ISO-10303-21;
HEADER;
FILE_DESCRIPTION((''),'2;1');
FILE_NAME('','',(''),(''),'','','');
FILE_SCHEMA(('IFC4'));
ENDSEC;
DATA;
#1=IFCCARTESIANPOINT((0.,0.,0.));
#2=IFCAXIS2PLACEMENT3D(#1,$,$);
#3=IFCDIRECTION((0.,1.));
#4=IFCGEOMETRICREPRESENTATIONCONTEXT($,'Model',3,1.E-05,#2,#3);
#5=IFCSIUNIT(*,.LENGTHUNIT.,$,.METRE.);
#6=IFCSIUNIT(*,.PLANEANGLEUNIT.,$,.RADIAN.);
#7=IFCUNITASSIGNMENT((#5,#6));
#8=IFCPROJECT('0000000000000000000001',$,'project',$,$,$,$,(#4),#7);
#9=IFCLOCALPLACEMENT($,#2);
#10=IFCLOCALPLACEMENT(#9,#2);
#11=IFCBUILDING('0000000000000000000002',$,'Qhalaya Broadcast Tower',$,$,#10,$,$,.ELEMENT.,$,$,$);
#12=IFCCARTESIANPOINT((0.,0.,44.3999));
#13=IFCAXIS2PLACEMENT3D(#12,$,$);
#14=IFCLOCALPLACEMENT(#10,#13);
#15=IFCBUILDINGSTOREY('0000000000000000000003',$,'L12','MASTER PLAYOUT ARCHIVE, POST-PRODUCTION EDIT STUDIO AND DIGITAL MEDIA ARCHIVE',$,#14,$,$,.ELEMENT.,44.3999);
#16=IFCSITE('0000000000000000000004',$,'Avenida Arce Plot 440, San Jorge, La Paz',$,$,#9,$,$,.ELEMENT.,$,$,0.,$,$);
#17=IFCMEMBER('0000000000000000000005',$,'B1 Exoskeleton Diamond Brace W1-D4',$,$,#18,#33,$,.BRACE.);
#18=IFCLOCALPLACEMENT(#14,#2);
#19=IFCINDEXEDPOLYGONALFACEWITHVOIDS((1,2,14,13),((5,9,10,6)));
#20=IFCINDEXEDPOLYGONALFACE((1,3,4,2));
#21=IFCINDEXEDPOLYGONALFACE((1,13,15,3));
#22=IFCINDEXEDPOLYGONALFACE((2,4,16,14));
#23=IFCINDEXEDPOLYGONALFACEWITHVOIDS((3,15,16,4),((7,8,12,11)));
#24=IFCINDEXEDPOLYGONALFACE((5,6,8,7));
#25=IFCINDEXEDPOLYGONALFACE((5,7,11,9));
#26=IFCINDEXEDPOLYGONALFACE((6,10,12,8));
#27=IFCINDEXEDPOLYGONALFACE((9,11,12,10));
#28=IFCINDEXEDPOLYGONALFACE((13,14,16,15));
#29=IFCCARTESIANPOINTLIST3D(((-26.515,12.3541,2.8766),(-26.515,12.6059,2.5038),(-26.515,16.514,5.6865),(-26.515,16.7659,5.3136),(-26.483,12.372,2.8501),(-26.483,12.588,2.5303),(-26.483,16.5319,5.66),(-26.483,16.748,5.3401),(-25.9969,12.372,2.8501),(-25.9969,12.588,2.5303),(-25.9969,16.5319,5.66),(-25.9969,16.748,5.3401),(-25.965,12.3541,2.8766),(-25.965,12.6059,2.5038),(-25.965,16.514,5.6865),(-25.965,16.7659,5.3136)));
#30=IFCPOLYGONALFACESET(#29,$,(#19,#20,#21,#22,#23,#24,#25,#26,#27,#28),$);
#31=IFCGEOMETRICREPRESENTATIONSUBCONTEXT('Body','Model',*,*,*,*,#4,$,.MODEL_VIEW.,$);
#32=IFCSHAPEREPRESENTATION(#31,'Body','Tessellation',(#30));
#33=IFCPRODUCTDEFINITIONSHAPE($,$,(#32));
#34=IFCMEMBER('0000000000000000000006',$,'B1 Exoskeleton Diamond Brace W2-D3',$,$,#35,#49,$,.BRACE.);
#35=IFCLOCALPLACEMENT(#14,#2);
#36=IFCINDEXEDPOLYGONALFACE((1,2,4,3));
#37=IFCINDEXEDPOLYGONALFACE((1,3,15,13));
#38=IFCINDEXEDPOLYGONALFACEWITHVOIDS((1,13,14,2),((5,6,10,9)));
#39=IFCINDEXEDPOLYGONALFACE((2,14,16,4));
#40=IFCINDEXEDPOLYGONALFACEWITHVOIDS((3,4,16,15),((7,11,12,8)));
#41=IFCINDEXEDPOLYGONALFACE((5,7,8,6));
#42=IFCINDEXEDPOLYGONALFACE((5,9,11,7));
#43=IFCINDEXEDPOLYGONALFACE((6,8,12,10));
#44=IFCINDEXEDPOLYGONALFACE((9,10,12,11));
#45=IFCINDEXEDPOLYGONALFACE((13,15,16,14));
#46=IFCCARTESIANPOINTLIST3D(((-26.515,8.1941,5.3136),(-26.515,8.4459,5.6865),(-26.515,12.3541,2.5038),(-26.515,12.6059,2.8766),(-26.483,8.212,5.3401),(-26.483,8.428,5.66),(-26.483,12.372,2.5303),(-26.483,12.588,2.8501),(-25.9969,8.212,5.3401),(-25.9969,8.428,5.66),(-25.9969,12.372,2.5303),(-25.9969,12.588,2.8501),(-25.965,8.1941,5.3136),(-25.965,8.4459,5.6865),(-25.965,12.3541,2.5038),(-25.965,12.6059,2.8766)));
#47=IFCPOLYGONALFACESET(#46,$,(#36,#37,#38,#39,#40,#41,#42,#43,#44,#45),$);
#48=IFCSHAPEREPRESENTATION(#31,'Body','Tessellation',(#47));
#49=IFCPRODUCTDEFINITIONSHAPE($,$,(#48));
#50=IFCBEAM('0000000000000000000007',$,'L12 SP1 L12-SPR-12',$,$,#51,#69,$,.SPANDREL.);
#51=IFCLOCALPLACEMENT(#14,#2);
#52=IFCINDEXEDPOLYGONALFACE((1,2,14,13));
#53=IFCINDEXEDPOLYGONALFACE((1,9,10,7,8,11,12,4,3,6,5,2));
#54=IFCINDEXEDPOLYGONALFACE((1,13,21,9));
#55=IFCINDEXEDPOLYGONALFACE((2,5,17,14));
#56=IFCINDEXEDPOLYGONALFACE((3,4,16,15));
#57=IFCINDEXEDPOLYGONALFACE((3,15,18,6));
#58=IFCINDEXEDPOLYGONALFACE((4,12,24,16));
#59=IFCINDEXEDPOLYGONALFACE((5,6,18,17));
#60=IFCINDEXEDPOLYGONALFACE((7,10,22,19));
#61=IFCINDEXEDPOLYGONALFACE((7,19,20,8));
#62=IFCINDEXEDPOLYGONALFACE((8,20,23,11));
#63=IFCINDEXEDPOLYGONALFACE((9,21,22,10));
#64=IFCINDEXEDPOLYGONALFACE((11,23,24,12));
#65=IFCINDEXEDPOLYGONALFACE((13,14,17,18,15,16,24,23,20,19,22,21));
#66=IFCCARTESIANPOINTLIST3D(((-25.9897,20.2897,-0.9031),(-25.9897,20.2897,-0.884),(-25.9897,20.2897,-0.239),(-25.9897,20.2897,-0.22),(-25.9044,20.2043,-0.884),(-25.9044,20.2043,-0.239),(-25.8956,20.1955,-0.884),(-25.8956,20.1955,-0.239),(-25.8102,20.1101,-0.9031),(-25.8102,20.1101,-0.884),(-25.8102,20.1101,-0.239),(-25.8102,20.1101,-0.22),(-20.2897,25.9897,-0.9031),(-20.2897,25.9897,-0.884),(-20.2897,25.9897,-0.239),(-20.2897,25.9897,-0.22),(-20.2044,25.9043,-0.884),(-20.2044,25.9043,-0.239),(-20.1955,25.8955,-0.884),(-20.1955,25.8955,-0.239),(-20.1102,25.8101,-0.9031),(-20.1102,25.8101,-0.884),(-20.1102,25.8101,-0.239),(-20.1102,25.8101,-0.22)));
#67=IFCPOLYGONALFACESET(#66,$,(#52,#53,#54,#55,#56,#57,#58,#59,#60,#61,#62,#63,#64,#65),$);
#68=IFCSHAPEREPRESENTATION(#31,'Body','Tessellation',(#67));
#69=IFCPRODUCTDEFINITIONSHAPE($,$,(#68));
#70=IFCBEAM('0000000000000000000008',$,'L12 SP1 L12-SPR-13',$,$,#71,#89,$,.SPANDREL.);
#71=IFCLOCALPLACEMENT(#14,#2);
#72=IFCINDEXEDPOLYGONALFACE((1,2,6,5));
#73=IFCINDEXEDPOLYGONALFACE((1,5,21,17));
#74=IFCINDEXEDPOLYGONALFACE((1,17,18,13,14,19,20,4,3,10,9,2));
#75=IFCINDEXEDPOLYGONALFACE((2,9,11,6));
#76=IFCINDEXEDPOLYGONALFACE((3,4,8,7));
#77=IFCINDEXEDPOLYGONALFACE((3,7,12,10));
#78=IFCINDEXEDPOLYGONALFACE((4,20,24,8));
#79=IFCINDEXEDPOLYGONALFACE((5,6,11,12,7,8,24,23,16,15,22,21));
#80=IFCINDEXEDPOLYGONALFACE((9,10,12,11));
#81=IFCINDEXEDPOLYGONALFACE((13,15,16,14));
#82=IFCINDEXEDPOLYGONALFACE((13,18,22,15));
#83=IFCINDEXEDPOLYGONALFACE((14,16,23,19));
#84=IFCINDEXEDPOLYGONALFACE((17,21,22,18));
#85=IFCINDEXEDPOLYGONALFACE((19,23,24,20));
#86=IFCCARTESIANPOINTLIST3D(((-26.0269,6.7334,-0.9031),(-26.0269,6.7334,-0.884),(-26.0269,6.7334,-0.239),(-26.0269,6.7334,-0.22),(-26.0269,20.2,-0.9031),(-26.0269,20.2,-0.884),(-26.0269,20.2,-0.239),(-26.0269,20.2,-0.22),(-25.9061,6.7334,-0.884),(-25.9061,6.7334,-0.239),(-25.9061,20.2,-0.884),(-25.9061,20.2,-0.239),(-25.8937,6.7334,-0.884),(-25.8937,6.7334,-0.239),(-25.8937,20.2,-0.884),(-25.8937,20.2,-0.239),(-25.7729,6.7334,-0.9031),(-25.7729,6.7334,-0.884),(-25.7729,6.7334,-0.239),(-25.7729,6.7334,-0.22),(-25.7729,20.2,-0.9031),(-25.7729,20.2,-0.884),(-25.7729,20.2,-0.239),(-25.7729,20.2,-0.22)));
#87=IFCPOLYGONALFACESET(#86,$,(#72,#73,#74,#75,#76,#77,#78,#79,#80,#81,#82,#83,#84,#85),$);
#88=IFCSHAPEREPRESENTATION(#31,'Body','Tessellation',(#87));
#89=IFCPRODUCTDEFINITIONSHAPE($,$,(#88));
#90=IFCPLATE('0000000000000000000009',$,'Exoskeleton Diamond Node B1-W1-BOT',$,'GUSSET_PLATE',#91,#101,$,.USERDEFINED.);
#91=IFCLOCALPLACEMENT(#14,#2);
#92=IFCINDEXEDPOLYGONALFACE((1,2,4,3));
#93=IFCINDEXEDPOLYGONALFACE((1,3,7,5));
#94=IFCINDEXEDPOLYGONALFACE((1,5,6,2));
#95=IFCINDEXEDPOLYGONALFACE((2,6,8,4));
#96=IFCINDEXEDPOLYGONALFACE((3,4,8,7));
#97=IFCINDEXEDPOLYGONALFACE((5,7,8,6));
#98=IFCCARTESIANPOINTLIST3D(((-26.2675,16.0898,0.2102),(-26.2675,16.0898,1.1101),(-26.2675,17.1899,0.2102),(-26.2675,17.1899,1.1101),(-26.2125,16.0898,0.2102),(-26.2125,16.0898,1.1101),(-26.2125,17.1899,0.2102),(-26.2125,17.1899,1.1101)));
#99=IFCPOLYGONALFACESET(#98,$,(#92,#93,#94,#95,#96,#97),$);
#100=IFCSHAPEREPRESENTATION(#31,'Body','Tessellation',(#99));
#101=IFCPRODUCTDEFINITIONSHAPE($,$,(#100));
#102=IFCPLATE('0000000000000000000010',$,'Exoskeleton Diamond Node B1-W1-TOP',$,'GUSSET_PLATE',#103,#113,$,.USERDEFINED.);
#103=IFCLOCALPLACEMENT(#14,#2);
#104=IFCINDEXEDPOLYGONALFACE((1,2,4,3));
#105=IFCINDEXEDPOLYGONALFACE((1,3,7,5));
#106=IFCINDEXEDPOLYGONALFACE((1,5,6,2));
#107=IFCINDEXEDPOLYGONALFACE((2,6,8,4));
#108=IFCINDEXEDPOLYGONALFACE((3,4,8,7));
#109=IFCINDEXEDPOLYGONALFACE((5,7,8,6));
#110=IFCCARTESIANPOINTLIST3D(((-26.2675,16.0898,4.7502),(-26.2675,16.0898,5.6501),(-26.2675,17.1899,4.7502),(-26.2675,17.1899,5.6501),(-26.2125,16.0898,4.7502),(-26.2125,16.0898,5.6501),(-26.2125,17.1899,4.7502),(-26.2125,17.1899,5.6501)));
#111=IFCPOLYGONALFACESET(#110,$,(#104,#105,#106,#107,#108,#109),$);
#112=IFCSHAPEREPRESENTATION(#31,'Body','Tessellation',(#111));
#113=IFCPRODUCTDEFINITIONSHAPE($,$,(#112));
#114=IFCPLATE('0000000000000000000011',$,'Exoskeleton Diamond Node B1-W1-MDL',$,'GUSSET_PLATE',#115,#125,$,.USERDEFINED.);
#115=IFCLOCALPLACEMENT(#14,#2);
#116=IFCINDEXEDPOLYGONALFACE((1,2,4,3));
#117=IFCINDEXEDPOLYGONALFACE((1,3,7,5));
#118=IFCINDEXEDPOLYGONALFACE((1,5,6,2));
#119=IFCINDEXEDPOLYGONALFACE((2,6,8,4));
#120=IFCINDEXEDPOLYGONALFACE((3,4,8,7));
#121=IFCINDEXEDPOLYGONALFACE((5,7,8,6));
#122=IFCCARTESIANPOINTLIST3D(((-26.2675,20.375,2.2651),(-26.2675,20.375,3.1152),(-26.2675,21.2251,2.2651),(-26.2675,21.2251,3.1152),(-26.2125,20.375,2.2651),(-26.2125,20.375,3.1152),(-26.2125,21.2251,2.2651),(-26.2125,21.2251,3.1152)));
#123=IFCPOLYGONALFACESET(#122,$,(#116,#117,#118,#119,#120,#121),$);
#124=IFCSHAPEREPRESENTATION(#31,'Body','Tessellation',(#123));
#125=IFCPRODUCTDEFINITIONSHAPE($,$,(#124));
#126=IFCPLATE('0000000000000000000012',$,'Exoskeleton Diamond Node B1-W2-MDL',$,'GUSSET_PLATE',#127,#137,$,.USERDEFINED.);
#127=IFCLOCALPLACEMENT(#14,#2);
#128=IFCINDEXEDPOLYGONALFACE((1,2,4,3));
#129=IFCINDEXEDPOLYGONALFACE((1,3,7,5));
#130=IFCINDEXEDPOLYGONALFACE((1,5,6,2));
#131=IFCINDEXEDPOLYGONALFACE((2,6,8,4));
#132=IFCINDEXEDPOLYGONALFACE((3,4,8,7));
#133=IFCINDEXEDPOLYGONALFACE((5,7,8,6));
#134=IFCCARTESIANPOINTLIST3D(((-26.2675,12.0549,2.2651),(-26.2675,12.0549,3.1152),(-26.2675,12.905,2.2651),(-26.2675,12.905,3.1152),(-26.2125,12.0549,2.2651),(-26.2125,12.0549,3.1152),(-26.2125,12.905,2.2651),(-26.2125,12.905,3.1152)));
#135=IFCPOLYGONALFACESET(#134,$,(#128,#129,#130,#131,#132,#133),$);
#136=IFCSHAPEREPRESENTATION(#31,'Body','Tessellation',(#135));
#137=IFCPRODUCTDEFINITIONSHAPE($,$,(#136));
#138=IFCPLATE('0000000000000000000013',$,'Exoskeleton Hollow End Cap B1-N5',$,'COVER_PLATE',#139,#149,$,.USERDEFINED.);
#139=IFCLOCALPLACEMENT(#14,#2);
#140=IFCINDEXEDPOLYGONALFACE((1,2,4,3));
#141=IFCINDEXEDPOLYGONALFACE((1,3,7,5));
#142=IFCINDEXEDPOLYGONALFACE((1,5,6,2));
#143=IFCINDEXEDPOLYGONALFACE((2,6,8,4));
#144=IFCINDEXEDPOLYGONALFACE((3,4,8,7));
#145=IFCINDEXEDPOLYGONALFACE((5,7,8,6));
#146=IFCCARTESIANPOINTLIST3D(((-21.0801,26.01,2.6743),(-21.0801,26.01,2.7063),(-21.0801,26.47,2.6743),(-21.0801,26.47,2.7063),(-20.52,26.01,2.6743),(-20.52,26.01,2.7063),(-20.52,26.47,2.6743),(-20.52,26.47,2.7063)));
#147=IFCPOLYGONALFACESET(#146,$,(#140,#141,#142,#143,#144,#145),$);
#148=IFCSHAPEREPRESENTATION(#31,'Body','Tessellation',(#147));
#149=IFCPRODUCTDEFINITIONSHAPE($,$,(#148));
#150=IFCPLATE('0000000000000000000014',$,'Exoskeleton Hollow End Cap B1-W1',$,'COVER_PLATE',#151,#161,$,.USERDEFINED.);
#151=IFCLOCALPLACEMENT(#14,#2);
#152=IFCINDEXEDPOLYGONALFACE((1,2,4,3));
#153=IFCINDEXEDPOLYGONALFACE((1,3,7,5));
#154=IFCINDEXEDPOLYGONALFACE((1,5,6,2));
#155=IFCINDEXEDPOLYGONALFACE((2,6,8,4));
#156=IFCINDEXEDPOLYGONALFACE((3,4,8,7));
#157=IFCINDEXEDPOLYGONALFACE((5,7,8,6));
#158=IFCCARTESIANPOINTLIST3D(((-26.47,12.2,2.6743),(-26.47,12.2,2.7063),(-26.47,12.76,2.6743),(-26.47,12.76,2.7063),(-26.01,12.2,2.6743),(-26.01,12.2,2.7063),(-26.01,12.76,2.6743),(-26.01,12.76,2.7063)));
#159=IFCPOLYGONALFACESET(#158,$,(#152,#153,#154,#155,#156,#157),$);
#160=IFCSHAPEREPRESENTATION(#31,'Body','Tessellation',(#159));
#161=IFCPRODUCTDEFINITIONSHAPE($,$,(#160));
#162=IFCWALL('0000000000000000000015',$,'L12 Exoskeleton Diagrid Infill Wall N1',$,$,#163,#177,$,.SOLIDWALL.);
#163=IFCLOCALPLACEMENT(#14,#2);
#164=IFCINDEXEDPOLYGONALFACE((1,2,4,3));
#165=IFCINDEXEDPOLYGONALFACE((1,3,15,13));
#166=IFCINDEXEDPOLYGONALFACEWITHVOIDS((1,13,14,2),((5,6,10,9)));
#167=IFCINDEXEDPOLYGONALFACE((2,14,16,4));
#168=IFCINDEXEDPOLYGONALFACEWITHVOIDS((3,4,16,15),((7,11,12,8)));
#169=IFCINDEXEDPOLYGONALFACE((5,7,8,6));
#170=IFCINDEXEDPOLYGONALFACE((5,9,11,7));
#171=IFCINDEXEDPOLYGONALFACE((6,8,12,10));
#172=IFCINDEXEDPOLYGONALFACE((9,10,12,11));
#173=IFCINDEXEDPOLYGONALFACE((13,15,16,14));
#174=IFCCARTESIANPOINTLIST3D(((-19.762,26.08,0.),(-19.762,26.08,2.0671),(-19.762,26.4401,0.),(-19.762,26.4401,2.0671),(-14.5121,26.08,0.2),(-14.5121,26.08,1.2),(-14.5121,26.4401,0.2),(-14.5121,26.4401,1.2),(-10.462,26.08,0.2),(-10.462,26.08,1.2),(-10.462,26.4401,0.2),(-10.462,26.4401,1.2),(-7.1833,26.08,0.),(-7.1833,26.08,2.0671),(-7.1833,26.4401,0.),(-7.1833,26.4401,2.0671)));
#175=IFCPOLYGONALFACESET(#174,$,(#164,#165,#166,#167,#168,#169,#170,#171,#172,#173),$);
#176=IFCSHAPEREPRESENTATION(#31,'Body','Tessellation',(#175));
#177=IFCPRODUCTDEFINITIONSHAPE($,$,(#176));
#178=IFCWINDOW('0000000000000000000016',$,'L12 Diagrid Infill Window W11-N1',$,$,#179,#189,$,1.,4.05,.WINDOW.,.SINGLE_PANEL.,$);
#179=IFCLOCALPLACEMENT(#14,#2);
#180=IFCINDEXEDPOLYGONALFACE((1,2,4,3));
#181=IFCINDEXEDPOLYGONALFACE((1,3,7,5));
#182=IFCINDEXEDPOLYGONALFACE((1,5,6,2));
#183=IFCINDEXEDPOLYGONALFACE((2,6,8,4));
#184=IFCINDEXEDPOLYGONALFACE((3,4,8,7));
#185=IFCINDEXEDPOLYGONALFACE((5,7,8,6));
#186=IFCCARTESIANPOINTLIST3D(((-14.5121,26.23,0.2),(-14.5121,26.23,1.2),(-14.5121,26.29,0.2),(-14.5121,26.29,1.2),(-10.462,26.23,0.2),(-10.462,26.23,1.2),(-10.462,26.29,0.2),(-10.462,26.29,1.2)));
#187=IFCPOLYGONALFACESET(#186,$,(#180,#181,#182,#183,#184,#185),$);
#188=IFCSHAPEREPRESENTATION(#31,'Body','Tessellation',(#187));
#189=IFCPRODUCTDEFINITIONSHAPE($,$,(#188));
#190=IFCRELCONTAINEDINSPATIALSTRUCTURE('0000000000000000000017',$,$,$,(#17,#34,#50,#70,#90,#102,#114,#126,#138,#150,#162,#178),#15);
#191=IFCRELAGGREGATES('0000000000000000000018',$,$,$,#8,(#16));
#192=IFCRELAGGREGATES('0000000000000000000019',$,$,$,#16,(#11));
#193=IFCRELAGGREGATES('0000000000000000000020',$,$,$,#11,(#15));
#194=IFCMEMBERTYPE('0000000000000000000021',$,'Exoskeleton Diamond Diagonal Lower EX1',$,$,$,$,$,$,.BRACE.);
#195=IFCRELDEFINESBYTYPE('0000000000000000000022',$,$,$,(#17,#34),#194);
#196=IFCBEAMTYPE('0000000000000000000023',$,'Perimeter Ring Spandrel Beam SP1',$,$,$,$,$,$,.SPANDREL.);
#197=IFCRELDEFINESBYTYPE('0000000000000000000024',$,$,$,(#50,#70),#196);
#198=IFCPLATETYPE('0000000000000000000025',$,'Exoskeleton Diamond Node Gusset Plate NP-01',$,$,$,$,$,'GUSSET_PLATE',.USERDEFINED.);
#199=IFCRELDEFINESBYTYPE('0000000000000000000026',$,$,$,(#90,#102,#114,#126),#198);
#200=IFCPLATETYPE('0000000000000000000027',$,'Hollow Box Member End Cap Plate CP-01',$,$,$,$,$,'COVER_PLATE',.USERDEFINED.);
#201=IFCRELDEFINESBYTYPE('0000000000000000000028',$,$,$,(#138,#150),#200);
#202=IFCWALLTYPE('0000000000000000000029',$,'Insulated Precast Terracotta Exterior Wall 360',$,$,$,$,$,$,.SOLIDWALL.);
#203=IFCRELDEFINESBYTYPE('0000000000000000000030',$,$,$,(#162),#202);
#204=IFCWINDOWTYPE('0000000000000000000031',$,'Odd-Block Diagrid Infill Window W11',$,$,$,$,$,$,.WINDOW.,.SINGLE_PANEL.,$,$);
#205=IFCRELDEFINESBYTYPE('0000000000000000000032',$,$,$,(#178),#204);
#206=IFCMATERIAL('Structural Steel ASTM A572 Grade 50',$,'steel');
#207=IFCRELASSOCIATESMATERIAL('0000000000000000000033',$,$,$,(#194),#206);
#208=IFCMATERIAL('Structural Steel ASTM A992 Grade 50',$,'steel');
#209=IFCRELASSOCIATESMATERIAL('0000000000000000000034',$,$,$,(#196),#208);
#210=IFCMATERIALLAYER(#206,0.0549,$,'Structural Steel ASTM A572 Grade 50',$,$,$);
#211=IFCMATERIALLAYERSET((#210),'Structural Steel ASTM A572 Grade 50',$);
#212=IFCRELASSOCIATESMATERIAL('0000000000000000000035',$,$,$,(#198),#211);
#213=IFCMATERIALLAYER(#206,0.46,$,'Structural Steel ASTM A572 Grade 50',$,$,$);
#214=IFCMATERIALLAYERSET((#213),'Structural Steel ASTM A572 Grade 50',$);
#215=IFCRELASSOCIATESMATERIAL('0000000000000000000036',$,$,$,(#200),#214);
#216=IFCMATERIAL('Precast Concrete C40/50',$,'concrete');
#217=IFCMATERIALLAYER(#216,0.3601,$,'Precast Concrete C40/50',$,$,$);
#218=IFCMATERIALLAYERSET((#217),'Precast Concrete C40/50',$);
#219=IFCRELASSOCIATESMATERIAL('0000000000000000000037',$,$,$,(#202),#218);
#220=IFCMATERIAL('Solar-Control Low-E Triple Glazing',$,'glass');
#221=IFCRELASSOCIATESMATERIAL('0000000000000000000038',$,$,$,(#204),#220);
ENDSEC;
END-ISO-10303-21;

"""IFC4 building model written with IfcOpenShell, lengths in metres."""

from ifc_helpers import new_model, si_unit, direction, frame, frame_2d, origin, origin_2d, place, context, subcontext, project, spatial, rectangle, hollow_rectangle, i_section, extrude, material, layer, layer_set, material_profile, profile_set, type_object, element, fill, save


model = new_model("IFC4")

# Units and contexts
model_context = context("Model", 3, precision=1e-05, world=origin(), true_north=direction((0.0, 1.0)))
body_context = subcontext(model_context, "Body", "Model", "MODEL_VIEW")
ifc_project = project(units=[si_unit("LENGTHUNIT", "METRE"), si_unit("PLANEANGLEUNIT", "RADIAN")], contexts=[model_context])

# Site, building, storey
site_placement = place(None, origin())
site = spatial("IfcSite", under=ifc_project, at=site_placement, Name="Avenida Arce Plot 440, San Jorge, La Paz", CompositionType="ELEMENT", RefElevation=0.0)
building_placement = place(site_placement, origin())
building = spatial("IfcBuilding", under=site, at=building_placement, Name="Qhalaya Broadcast Tower", CompositionType="ELEMENT")
storey_placement = place(building_placement, frame((0.0, 0.0, 44.3999)))
storey = spatial("IfcBuildingStorey", under=building, at=storey_placement, Name="L12", Description="MASTER PLAYOUT ARCHIVE, POST-PRODUCTION EDIT STUDIO AND DIGITAL MEDIA ARCHIVE", CompositionType="ELEMENT", Elevation=44.3999)

# Shared definitions
ifc_material_1 = material(Name="Structural Steel ASTM A572 Grade 50", Category="steel")

# Shared definitions
ifc_material_2 = material(Name="Structural Steel ASTM A992 Grade 50", Category="steel")

# Members
ifc_material_profile_1 = material_profile(ifc_material_1, hollow_rectangle(XDim=0.45, YDim=0.55, WallThickness=0.032, at=origin_2d()), Name="BOX 450x550x32")
ifc_profile_set_1 = profile_set([ifc_material_profile_1], Name="Structural Steel ASTM A572 Grade 50")
member_type = type_object("IfcMemberType", Name="Exoskeleton Diamond Diagonal Lower EX1", PredefinedType="BRACE", material=ifc_profile_set_1)
for number, where, z_axis, x_axis, name in (
    (1, (-26.24, 12.48, 2.6902), (0.0, 0.828676, 0.559729), (0.0, -0.559729, 0.828676), "B1 Exoskeleton Diamond Brace W1-D4"),
    (2, (-26.24, 12.48, 2.6902), (0.0, -0.828676, 0.559729), (0.0, 0.559729, 0.828676), "B1 Exoskeleton Diamond Brace W2-D3"),
):
    element("IfcMember", number, at=place(storey_placement, frame(where, z_axis=z_axis, x_axis=x_axis)), inside=storey, type_object=member_type, Name=name, PredefinedType="BRACE", context=body_context, shape_type="SweptSolid", body=[
        extrude(hollow_rectangle(XDim=0.45, YDim=0.55, WallThickness=0.032, at=origin_2d()), origin(), (0.0, 0.0, 1.0), 5.02),
    ])

# Beams
ifc_material_profile_2 = material_profile(ifc_material_2, i_section(OverallWidth=0.2539, OverallDepth=0.6831, WebThickness=0.0125, FlangeThickness=0.019, at=origin_2d()), Name="W27X94")
ifc_profile_set_2 = profile_set([ifc_material_profile_2], Name="Structural Steel ASTM A992 Grade 50")
beam_type_1 = type_object("IfcBeamType", Name="Perimeter Ring Spandrel Beam SP1", PredefinedType="SPANDREL", material=ifc_profile_set_2)
beam_1_placement = place(storey_placement, frame((-20.2, 25.8999, -0.5615), z_axis=(-0.707107, -0.707107, 0.0), x_axis=(0.707107, -0.707107, 0.0)))
element("IfcBeam", 3, at=beam_1_placement, inside=storey, type_object=beam_type_1, Name="L12 SP1 L12-SPR-12", PredefinedType="SPANDREL", context=body_context, shape_type="SweptSolid", body=[
    extrude(i_section(OverallWidth=0.2539, OverallDepth=0.6831, WebThickness=0.0125, FlangeThickness=0.019, at=origin_2d()), origin(), (0.0, 0.0, 1.0), 8.061),
])
beam_2_placement = place(storey_placement, frame((-25.8999, 20.2, -0.5615), z_axis=(0.0, -1.0, 0.0), x_axis=(1.0, 0.0, 0.0)))
element("IfcBeam", 4, at=beam_2_placement, inside=storey, type_object=beam_type_1, Name="L12 SP1 L12-SPR-13", PredefinedType="SPANDREL", context=body_context, shape_type="SweptSolid", body=[
    extrude(i_section(OverallWidth=0.2539, OverallDepth=0.6831, WebThickness=0.0125, FlangeThickness=0.019, at=origin_2d()), origin(), (0.0, 0.0, 1.0), 13.4666),
])

# Plates
ifc_layer_1 = layer(ifc_material_1, 0.0549, Name="Structural Steel ASTM A572 Grade 50")
ifc_layer_set_1 = layer_set([ifc_layer_1], Name="Structural Steel ASTM A572 Grade 50")
plate_type_1 = type_object("IfcPlateType", Name="Exoskeleton Diamond Node Gusset Plate NP-01", ElementType="GUSSET_PLATE", PredefinedType="USERDEFINED", material=ifc_layer_set_1)
for number, where, z_axis, x_axis, name in (
    (5, (-26.24, 16.6399, 0.2102), (0.0, 0.0, 1.0), (0.0, 1.0, 0.0), "Exoskeleton Diamond Node B1-W1-BOT"),
    (6, (-26.24, 16.6399, 4.7502), (0.0, 0.0, 1.0), (0.0, 1.0, 0.0), "Exoskeleton Diamond Node B1-W1-TOP"),
):
    element("IfcPlate", number, at=place(storey_placement, frame(where, z_axis=z_axis, x_axis=x_axis)), inside=storey, type_object=plate_type_1, Name=name, ObjectType="GUSSET_PLATE", PredefinedType="USERDEFINED", context=body_context, shape_type="SweptSolid", body=[
        extrude(rectangle(XDim=1.1001, YDim=0.0549, at=origin_2d()), origin(), (0.0, 0.0, 1.0), 0.8999),
    ])
for number, where, z_axis, x_axis, name in (
    (7, (-26.24, 20.8, 2.2651), (0.0, 0.0, 1.0), (0.0, 1.0, 0.0), "Exoskeleton Diamond Node B1-W1-MDL"),
    (8, (-26.24, 12.48, 2.2651), (0.0, 0.0, 1.0), (0.0, 1.0, 0.0), "Exoskeleton Diamond Node B1-W2-MDL"),
):
    element("IfcPlate", number, at=place(storey_placement, frame(where, z_axis=z_axis, x_axis=x_axis)), inside=storey, type_object=plate_type_1, Name=name, ObjectType="GUSSET_PLATE", PredefinedType="USERDEFINED", context=body_context, shape_type="SweptSolid", body=[
        extrude(rectangle(XDim=0.8501, YDim=0.0549, at=origin_2d()), origin(), (0.0, 0.0, 1.0), 0.8501),
    ])
ifc_layer_2 = layer(ifc_material_1, 0.46, Name="Structural Steel ASTM A572 Grade 50")
ifc_layer_set_2 = layer_set([ifc_layer_2], Name="Structural Steel ASTM A572 Grade 50")
plate_type_2 = type_object("IfcPlateType", Name="Hollow Box Member End Cap Plate CP-01", ElementType="COVER_PLATE", PredefinedType="USERDEFINED", material=ifc_layer_set_2)
for number, where, z_axis, x_axis, name in (
    (9, (-20.8, 26.24, 2.6743), (0.0, 0.0, 1.0), (1.0, 0.0, 0.0), "Exoskeleton Hollow End Cap B1-N5"),
    (10, (-26.24, 12.48, 2.6743), (0.0, 0.0, 1.0), (0.0, 1.0, 0.0), "Exoskeleton Hollow End Cap B1-W1"),
):
    element("IfcPlate", number, at=place(storey_placement, frame(where, z_axis=z_axis, x_axis=x_axis)), inside=storey, type_object=plate_type_2, Name=name, ObjectType="COVER_PLATE", PredefinedType="USERDEFINED", context=body_context, shape_type="SweptSolid", body=[
        extrude(rectangle(XDim=0.5601, YDim=0.46, at=origin_2d()), origin(), (0.0, 0.0, 1.0), 0.032),
    ])

# Wall, opening, window
ifc_material_3 = material(Name="Precast Concrete C40/50", Category="concrete")
ifc_layer_3 = layer(ifc_material_3, 0.3601, Name="Precast Concrete C40/50")
ifc_layer_set_3 = layer_set([ifc_layer_3], Name="Precast Concrete C40/50")
wall_type_1 = type_object("IfcWallType", Name="Insulated Precast Terracotta Exterior Wall 360", PredefinedType="SOLIDWALL", material=ifc_layer_set_3)
wall_1_placement = place(storey_placement, frame((-19.762, 26.26, 0.0), z_axis=(0.0, 0.0, 1.0), x_axis=(1.0, 0.0, 0.0)))
wall_1 = element("IfcWall", 11, at=wall_1_placement, inside=storey, type_object=wall_type_1, Name="L12 Exoskeleton Diagrid Infill Wall N1", PredefinedType="SOLIDWALL", context=body_context, shape_type="SweptSolid", body=[
    extrude(rectangle(XDim=12.5786, YDim=0.3601, at=frame_2d((6.2893, 0.0))), origin(), (0.0, 0.0, 1.0), 2.0671),
])
opening_placement = place(wall_1_placement, frame((5.25, 0.0, 0.2)))
opening = element("IfcOpeningElement", 12, at=opening_placement, cuts=wall_1, PredefinedType="OPENING", context=body_context, shape_type="SweptSolid", body=[
    extrude(rectangle(XDim=4.05, YDim=1.0, at=frame_2d((2.0249, 0.5))), frame((0.0, 0.1921, 0.0), z_axis=(0.0, -1.0, 0.0), x_axis=(1.0, 0.0, 0.0)), (0.0, 0.0, 1.0), 0.384),
])
ifc_material_4 = material(Name="Solar-Control Low-E Triple Glazing", Category="glass")
window_type = type_object("IfcWindowType", Name="Odd-Block Diagrid Infill Window W11", PartitioningType="SINGLE_PANEL", PredefinedType="WINDOW", material=ifc_material_4)
window_placement = place(opening_placement, origin())
window = element("IfcWindow", 13, at=window_placement, inside=storey, type_object=window_type, Name="L12 Diagrid Infill Window W11-N1", OverallHeight=1.0, OverallWidth=4.05, PartitioningType="SINGLE_PANEL", PredefinedType="WINDOW", context=body_context, shape_type="SweptSolid", body=[
    extrude(rectangle(XDim=4.05, YDim=1.0, at=frame_2d((2.0249, 0.5))), frame((0.0, 0.03, 0.0), z_axis=(0.0, -1.0, 0.0), x_axis=(1.0, 0.0, 0.0)), (0.0, 0.0, 1.0), 0.0601),
])
fill(opening, window)

save(model, "model.ifc")
